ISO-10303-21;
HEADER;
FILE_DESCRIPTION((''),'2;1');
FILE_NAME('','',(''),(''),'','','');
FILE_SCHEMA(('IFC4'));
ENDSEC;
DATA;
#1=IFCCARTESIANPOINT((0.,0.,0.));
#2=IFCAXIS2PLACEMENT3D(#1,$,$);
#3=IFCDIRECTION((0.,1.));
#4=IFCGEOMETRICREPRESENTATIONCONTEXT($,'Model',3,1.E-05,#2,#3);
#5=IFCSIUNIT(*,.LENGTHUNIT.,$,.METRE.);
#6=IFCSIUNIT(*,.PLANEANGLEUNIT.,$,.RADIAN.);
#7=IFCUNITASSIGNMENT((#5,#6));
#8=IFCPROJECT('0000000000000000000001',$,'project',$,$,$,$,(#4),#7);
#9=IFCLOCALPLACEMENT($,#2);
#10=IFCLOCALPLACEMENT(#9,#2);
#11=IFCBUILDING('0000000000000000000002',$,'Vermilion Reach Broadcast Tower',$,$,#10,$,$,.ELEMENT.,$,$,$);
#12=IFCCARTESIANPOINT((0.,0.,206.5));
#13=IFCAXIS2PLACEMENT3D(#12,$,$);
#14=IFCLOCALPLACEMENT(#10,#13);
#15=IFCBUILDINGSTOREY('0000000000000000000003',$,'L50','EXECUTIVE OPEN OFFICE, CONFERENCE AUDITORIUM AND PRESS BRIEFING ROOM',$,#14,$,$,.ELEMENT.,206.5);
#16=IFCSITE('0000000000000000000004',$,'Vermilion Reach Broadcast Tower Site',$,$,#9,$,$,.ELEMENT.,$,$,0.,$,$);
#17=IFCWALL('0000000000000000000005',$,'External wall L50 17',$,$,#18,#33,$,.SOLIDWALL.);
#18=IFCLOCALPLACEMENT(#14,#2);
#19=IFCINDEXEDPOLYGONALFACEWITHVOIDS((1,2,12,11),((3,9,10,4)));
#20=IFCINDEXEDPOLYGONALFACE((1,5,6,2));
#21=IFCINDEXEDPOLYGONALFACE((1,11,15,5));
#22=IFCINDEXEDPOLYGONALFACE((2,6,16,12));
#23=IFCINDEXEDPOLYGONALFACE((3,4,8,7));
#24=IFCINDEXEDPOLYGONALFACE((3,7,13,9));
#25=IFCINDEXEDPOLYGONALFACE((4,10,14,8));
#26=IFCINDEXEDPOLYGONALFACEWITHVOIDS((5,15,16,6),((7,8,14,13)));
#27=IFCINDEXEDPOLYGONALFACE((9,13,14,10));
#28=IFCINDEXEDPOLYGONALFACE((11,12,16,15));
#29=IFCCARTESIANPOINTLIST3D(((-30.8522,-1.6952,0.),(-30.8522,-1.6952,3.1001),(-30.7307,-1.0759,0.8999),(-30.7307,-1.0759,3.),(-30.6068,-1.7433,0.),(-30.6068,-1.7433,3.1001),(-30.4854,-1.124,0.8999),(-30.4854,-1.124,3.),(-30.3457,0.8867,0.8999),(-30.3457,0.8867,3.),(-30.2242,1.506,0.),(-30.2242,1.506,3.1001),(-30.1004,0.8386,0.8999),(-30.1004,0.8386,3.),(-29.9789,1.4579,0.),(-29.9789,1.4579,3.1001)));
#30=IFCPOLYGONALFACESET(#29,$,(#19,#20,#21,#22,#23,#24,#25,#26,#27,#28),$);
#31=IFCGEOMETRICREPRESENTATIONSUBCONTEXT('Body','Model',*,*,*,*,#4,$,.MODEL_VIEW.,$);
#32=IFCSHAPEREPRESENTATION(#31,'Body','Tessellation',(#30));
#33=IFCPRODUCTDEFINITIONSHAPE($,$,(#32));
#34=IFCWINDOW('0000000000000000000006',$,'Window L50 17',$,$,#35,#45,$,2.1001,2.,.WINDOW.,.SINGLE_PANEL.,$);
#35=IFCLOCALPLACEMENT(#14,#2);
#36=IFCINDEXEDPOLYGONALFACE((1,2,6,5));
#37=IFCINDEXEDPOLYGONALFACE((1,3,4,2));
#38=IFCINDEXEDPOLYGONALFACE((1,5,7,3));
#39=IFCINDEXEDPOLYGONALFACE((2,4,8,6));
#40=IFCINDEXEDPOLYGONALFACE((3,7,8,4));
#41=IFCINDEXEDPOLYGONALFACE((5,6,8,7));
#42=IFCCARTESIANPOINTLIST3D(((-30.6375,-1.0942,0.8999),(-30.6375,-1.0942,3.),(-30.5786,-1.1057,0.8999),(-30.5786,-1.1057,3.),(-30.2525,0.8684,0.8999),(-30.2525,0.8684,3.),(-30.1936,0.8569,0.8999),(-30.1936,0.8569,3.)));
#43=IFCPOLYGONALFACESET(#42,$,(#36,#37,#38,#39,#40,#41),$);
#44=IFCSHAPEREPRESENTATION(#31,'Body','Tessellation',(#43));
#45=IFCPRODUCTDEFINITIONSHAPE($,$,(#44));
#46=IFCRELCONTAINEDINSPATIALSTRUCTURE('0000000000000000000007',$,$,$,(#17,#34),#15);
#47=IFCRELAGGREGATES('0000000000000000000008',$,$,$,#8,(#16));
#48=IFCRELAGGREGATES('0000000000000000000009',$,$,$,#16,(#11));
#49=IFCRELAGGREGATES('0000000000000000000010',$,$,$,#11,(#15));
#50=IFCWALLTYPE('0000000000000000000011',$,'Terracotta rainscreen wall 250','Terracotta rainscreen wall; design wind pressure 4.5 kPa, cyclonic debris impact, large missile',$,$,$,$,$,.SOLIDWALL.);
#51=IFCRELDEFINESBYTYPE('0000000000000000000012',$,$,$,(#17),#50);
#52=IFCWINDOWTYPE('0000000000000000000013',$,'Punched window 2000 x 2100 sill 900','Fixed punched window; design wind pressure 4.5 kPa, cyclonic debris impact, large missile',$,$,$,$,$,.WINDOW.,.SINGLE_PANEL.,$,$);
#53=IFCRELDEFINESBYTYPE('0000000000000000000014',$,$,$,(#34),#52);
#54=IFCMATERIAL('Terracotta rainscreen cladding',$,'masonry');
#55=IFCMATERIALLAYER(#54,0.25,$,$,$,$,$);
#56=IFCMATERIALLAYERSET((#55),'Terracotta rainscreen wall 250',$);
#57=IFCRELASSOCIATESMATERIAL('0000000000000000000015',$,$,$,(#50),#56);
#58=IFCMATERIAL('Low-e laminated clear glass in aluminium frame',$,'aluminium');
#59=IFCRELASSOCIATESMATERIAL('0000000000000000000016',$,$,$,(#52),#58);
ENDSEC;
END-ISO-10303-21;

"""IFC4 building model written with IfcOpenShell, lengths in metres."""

from ifc_helpers import new_model, si_unit, direction, frame, frame_2d, origin, place, context, subcontext, project, spatial, rectangle, extrude, material, layer, layer_set, type_object, element, fill, save


model = new_model("IFC4")

# Units and contexts
model_context = context("Model", 3, precision=1e-05, world=origin(), true_north=direction((0.0, 1.0)))
body_context = subcontext(model_context, "Body", "Model", "MODEL_VIEW")
ifc_project = project(units=[si_unit("LENGTHUNIT", "METRE"), si_unit("PLANEANGLEUNIT", "RADIAN")], contexts=[model_context])

# Site, building, storey
site_placement = place(None, origin())
site = spatial("IfcSite", under=ifc_project, at=site_placement, Name="Vermilion Reach Broadcast Tower Site", CompositionType="ELEMENT", RefElevation=0.0)
building_placement = place(site_placement, origin())
building = spatial("IfcBuilding", under=site, at=building_placement, Name="Vermilion Reach Broadcast Tower", CompositionType="ELEMENT")
storey_placement = place(building_placement, frame((0.0, 0.0, 206.5)))
storey = spatial("IfcBuildingStorey", under=building, at=storey_placement, Name="L50", Description="EXECUTIVE OPEN OFFICE, CONFERENCE AUDITORIUM AND PRESS BRIEFING ROOM", CompositionType="ELEMENT", Elevation=206.5)

# Shared definitions
ifc_material_1 = material(Name="Terracotta rainscreen cladding", Category="masonry")
ifc_layer_1 = layer(ifc_material_1, 0.25)
ifc_layer_set_1 = layer_set([ifc_layer_1], Name="Terracotta rainscreen wall 250")
wall_type_1 = type_object("IfcWallType", Name="Terracotta rainscreen wall 250", Description="Terracotta rainscreen wall; design wind pressure 4.5 kPa, cyclonic debris impact, large missile", PredefinedType="SOLIDWALL", material=ifc_layer_set_1)

# Shared definitions
ifc_material_2 = material(Name="Low-e laminated clear glass in aluminium frame", Category="aluminium")
window_type = type_object("IfcWindowType", Name="Punched window 2000 x 2100 sill 900", Description="Fixed punched window; design wind pressure 4.5 kPa, cyclonic debris impact, large missile", PartitioningType="SINGLE_PANEL", PredefinedType="WINDOW", material=ifc_material_2)

# Wall, opening, window
wall_1_placement = place(storey_placement, frame((-30.1016, 1.4819, 0.0), z_axis=(0.0, 0.0, 1.0), x_axis=(-0.192488, -0.981299, 0.0)))
wall_1 = element("IfcWall", 1, at=wall_1_placement, inside=storey, type_object=wall_type_1, Name="External wall L50 17", PredefinedType="SOLIDWALL", context=body_context, shape_type="SweptSolid", body=[
    extrude(rectangle(XDim=3.2622, YDim=0.25, at=frame_2d((1.6311, 0.0))), origin(), (0.0, 0.0, 1.0), 3.1001),
])
opening_1_placement = place(wall_1_placement, frame((0.6311, 0.0, 0.8999)))
opening_1 = element("IfcOpeningElement", 2, at=opening_1_placement, cuts=wall_1, PredefinedType="OPENING", context=body_context, shape_type="SweptSolid", body=[
    extrude(rectangle(XDim=2.0, YDim=2.1001, at=frame_2d((1.0, 1.05))), frame((0.0, 0.135, 0.0), z_axis=(0.0, -1.0, 0.0), x_axis=(1.0, 0.0, 0.0)), (0.0, 0.0, 1.0), 0.27),
])
window_1_placement = place(opening_1_placement, origin())
window_1 = element("IfcWindow", 3, at=window_1_placement, inside=storey, type_object=window_type, Name="Window L50 17", OverallHeight=2.1001, OverallWidth=2.0, PartitioningType="SINGLE_PANEL", PredefinedType="WINDOW", context=body_context, shape_type="SweptSolid", body=[
    extrude(rectangle(XDim=2.0, YDim=2.1001, at=frame_2d((1.0, 1.05))), frame((0.0, 0.03, 0.0), z_axis=(0.0, -1.0, 0.0), x_axis=(1.0, 0.0, 0.0)), (0.0, 0.0, 1.0), 0.0601),
])
fill(opening_1, window_1)

save(model, "model.ifc")
